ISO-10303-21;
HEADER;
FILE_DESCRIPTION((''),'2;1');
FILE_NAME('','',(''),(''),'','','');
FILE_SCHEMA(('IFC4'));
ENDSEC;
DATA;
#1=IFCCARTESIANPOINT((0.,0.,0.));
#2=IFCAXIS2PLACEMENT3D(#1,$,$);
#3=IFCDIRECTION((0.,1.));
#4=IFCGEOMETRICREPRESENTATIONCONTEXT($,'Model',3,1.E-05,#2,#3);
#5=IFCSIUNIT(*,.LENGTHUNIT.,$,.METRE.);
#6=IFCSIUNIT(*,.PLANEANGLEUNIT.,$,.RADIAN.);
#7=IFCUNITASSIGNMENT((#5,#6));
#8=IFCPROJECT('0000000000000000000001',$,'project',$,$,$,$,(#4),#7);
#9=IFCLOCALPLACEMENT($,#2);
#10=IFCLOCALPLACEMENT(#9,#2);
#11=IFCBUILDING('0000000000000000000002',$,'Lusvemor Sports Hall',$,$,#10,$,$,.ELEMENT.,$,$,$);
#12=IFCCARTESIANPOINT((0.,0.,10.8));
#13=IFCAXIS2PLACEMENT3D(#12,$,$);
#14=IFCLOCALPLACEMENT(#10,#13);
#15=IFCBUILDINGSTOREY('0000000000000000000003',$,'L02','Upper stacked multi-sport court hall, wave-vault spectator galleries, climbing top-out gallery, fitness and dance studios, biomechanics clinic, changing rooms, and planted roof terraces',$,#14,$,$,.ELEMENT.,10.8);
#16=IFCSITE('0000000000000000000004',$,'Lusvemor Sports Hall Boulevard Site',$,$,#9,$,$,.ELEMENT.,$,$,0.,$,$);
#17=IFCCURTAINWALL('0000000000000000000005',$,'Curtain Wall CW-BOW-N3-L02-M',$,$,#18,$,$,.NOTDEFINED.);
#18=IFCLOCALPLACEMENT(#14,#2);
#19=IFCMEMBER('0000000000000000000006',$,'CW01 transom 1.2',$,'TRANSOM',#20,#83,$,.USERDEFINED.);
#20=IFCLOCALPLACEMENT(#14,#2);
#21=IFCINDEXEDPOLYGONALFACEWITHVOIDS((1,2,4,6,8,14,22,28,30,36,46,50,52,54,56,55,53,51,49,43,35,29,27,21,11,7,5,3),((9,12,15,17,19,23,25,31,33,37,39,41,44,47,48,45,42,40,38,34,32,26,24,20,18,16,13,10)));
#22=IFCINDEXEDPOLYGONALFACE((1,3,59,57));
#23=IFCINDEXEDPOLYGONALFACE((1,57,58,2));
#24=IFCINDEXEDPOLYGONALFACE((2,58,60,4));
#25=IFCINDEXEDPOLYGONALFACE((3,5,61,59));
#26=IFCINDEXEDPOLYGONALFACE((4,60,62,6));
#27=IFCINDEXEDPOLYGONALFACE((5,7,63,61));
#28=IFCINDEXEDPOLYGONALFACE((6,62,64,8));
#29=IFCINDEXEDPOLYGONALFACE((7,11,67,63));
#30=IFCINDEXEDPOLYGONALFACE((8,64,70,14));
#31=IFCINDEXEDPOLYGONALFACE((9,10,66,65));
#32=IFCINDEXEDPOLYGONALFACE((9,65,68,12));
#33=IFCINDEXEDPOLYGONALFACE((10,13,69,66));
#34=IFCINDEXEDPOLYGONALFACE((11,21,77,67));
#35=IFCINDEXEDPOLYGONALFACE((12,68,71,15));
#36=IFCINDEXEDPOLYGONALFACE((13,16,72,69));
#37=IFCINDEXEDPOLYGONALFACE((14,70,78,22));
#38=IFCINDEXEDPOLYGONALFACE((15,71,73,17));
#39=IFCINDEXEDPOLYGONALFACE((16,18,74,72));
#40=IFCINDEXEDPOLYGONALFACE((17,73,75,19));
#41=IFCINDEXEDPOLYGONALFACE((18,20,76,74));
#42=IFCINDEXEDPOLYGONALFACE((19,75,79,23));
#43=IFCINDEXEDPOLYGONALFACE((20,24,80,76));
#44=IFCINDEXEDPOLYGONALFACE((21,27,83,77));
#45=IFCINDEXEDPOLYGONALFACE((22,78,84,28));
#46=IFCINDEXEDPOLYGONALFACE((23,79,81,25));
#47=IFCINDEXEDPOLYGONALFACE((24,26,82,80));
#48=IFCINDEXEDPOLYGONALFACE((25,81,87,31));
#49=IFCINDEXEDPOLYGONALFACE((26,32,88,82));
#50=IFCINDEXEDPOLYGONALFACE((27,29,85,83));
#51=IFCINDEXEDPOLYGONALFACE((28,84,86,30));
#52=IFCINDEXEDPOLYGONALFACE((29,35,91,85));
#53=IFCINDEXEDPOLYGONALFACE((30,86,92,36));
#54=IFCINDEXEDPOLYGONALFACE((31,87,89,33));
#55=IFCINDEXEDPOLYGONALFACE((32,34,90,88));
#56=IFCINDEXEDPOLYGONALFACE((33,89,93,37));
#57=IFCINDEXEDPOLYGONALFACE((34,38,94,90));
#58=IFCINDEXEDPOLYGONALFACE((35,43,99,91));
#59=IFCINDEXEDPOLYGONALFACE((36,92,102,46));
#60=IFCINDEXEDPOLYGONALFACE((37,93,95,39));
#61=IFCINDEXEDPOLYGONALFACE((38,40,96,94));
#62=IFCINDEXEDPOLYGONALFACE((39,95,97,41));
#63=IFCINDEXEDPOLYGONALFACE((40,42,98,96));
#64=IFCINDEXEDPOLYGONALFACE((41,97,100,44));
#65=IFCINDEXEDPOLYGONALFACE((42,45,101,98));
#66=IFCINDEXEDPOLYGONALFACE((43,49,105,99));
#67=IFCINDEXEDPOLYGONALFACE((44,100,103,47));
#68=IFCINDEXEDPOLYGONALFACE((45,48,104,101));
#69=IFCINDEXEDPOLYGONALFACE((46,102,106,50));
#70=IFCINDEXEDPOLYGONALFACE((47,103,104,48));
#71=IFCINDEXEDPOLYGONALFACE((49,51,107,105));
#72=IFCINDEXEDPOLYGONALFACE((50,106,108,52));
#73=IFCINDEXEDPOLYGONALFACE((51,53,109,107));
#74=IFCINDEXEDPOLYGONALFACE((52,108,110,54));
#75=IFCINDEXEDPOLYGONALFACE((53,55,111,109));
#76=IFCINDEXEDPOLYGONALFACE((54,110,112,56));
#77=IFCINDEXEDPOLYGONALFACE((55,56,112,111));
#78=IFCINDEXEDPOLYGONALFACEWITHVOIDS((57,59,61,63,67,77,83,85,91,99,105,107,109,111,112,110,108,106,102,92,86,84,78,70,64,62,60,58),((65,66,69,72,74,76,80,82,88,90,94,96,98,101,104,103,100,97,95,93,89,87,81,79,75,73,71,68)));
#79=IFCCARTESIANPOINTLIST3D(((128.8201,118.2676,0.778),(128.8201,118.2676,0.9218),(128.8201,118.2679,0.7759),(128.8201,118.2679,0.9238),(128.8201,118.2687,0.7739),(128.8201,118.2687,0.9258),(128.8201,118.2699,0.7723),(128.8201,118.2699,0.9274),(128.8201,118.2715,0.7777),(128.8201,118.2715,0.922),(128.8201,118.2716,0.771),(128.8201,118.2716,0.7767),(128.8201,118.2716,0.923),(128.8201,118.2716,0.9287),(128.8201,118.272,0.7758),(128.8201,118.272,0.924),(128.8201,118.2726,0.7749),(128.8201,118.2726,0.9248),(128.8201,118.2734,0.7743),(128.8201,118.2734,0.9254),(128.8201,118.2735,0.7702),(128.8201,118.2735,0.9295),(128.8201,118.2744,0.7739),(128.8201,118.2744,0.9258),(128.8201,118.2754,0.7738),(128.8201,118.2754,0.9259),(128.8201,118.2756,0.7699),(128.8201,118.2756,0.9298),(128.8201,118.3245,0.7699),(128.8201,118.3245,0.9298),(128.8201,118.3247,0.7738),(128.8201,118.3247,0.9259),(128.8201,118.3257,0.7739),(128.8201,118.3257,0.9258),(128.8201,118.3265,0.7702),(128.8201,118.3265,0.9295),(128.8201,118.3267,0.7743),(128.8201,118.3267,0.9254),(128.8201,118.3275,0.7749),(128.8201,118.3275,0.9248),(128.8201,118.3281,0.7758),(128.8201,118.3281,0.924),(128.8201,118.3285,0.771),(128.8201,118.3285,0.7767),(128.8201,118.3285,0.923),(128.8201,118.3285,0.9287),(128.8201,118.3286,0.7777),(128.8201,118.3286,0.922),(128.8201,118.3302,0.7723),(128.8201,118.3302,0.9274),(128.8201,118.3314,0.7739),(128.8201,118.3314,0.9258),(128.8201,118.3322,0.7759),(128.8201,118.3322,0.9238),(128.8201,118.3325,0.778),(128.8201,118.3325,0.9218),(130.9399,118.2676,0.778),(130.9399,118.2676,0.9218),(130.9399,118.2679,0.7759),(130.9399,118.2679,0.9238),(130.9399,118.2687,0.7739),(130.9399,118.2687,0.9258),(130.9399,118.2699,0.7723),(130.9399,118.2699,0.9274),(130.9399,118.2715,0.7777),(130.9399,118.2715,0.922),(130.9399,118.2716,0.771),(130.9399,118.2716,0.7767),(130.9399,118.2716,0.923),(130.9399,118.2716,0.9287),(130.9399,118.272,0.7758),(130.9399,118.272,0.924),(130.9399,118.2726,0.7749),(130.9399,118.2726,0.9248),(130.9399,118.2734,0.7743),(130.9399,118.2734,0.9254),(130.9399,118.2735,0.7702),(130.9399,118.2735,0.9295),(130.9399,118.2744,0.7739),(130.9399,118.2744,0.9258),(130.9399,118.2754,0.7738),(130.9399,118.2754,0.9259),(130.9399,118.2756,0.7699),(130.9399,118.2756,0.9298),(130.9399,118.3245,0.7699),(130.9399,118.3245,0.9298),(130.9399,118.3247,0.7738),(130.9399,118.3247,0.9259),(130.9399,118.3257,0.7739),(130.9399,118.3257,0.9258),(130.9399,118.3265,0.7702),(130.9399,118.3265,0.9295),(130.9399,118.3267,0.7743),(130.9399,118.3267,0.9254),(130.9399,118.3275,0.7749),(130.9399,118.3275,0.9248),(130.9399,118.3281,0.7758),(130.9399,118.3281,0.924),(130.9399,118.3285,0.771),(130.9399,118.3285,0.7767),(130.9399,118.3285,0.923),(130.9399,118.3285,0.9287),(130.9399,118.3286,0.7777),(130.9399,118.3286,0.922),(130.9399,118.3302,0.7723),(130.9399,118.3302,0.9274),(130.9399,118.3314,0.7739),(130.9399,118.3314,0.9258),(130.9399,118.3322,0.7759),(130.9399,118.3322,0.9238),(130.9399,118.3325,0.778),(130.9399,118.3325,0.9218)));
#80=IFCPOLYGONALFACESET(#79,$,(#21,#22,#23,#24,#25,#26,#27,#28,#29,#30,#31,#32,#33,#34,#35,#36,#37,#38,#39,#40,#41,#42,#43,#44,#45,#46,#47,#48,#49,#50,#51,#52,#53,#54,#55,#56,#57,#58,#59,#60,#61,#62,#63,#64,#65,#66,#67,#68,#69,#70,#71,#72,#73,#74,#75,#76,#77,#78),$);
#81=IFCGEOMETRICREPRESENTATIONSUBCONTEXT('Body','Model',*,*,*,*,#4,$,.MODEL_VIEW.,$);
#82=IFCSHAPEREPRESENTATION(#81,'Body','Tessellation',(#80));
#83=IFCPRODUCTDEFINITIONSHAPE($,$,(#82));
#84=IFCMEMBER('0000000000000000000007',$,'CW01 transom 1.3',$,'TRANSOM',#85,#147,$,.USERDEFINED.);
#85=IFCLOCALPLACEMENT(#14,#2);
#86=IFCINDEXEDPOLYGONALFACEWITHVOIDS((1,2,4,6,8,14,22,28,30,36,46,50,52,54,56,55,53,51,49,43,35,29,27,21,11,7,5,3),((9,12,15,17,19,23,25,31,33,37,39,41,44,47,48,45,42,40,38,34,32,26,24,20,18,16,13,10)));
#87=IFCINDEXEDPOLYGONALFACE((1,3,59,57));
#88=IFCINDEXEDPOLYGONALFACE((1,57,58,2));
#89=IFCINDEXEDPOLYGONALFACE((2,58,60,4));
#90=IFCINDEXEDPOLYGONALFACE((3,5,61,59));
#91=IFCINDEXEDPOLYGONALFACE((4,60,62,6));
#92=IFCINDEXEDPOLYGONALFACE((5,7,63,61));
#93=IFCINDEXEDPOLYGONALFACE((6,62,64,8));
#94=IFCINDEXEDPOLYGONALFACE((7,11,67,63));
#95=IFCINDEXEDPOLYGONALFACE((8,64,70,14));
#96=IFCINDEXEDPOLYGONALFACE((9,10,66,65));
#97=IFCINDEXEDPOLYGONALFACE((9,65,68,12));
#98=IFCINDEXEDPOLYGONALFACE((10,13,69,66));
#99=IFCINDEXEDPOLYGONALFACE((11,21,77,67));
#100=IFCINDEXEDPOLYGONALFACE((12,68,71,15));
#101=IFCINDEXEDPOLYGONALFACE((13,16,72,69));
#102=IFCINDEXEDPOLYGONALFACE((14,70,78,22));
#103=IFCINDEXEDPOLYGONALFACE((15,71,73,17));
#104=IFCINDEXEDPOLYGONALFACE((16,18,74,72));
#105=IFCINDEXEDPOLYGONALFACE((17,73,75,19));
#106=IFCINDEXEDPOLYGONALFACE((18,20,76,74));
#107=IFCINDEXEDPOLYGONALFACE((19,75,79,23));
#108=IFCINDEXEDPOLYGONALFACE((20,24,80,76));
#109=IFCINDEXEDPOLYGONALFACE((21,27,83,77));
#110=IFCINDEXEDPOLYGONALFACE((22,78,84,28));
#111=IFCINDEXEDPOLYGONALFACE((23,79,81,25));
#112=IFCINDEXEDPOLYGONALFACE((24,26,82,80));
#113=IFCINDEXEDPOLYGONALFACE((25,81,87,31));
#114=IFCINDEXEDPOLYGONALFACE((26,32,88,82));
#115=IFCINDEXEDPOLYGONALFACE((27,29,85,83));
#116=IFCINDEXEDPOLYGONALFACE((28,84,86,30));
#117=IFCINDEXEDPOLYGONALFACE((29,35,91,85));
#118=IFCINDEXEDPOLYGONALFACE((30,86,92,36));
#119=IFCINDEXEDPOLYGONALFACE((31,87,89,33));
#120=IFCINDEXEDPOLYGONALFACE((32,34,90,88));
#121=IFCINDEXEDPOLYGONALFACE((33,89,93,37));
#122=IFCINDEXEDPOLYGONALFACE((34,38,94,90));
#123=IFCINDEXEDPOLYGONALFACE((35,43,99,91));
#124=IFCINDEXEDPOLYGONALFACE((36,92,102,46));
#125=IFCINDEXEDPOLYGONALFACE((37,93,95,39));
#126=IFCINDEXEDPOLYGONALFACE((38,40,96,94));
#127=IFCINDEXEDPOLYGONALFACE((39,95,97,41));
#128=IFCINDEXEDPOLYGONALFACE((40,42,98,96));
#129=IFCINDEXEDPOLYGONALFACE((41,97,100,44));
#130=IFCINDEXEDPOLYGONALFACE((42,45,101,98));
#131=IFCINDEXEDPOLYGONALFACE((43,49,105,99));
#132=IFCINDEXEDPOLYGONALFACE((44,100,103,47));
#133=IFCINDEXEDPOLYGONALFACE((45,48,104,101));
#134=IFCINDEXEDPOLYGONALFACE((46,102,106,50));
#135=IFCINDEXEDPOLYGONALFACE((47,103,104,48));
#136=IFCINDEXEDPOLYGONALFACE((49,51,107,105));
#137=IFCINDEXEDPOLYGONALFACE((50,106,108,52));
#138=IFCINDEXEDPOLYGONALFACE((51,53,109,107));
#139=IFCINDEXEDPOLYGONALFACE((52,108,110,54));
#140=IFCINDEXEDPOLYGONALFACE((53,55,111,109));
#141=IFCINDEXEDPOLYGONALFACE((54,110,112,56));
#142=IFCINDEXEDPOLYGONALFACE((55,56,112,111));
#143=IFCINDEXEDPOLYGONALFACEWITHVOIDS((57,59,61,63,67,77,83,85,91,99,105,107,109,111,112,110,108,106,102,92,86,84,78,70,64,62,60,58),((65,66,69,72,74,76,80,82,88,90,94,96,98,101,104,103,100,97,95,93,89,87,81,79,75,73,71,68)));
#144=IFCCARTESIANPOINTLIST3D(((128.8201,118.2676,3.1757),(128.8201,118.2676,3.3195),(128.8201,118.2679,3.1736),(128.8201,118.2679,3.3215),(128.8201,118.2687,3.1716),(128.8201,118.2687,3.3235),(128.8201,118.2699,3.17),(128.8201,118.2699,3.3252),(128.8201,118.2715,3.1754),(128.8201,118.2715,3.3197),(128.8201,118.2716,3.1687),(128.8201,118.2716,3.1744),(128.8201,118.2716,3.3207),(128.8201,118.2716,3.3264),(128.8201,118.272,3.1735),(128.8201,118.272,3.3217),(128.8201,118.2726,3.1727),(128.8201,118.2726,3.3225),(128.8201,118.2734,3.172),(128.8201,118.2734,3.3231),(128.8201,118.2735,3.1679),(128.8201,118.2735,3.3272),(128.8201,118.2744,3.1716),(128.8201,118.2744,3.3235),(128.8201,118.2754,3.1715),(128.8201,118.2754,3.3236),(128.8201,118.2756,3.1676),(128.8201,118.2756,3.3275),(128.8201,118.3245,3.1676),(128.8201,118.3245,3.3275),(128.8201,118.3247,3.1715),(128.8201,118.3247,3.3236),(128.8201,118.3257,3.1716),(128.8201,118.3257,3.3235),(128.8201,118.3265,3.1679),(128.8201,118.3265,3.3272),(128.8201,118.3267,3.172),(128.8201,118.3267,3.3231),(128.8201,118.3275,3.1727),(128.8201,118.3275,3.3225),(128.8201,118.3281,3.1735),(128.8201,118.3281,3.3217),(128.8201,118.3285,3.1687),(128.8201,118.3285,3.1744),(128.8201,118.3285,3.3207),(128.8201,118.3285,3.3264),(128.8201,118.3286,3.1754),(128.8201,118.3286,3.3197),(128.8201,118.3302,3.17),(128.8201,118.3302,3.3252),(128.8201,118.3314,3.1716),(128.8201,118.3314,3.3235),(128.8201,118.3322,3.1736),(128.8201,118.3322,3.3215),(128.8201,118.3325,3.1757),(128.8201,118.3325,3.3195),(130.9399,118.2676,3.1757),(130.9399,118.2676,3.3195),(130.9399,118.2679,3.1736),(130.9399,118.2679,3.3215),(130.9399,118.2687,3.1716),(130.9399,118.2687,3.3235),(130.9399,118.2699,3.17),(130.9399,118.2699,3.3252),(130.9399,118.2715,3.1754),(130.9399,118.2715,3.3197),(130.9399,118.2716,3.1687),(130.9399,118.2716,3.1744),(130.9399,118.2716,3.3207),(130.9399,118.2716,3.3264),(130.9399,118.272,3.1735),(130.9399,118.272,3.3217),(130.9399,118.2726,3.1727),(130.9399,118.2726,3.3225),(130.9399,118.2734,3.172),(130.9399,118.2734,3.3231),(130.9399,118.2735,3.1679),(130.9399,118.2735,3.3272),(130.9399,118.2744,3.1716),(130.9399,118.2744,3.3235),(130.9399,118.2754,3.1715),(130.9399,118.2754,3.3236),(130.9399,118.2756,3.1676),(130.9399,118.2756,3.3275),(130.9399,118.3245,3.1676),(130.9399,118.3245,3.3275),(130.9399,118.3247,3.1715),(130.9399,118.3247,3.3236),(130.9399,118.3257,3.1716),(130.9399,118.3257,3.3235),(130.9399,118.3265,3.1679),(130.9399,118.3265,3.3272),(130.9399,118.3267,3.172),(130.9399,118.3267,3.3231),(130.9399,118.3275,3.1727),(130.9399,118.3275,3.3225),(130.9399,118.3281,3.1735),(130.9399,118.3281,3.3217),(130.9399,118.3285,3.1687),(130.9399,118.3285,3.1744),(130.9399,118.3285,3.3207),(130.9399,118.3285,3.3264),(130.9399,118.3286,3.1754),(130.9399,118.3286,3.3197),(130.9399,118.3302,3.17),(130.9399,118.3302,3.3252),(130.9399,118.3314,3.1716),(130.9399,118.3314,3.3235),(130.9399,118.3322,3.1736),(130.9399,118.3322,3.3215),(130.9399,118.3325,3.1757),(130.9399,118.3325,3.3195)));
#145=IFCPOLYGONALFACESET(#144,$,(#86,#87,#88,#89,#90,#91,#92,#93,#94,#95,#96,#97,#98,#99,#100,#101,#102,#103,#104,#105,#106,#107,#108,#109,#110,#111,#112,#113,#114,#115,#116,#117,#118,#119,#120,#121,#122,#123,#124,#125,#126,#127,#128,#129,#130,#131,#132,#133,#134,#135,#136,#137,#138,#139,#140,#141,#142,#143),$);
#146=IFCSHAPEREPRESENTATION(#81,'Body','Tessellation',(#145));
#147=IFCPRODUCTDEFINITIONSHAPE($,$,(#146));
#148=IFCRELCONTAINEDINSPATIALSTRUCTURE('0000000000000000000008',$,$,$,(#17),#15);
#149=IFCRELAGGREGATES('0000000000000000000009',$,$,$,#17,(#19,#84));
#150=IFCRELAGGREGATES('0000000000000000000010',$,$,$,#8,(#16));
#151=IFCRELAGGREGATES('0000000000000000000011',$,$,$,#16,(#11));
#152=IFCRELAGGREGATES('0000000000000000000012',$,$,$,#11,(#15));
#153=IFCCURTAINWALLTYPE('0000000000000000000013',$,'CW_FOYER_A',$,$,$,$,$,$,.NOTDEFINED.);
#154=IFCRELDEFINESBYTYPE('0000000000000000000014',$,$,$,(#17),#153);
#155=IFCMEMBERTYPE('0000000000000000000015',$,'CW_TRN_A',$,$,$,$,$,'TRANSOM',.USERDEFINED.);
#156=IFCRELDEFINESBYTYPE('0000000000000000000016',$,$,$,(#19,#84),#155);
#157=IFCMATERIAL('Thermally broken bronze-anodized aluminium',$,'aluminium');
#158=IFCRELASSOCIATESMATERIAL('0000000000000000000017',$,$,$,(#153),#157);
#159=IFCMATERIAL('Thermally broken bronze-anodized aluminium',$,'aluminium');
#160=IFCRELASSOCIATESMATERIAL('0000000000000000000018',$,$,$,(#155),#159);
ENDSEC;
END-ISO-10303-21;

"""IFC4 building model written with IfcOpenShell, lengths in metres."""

from ifc_helpers import new_model, si_unit, direction, frame, origin, origin_2d, place, context, subcontext, project, spatial, hollow_rectangle, extrude, material, material_profile, profile_set, type_object, element, aggregate, save


model = new_model("IFC4")

# Units and contexts
model_context = context("Model", 3, precision=1e-05, world=origin(), true_north=direction((0.0, 1.0)))
body_context = subcontext(model_context, "Body", "Model", "MODEL_VIEW")
ifc_project = project(units=[si_unit("LENGTHUNIT", "METRE"), si_unit("PLANEANGLEUNIT", "RADIAN")], contexts=[model_context])

# Site, building, storey
site_placement = place(None, origin())
site = spatial("IfcSite", under=ifc_project, at=site_placement, Name="Lusvemor Sports Hall Boulevard Site", CompositionType="ELEMENT", RefElevation=0.0)
building_placement = place(site_placement, origin())
building = spatial("IfcBuilding", under=site, at=building_placement, Name="Lusvemor Sports Hall", CompositionType="ELEMENT")
storey_placement = place(building_placement, frame((0.0, 0.0, 10.8)))
storey = spatial("IfcBuildingStorey", under=building, at=storey_placement, Name="L02", Description="Upper stacked multi-sport court hall, wave-vault spectator galleries, climbing top-out gallery, fitness and dance studios, biomechanics clinic, changing rooms, and planted roof terraces", CompositionType="ELEMENT", Elevation=10.8)

# Curtain wall, members
ifc_material_1 = material(Name="Thermally broken bronze-anodized aluminium", Category="aluminium")
curtain_wall_type_1 = type_object("IfcCurtainWallType", Name="CW_FOYER_A", PredefinedType="NOTDEFINED", material=ifc_material_1)
curtain_wall_1_placement = place(storey_placement, origin())
curtain_wall_1 = element("IfcCurtainWall", 1, at=curtain_wall_1_placement, inside=storey, type_object=curtain_wall_type_1, Name="Curtain Wall CW-BOW-N3-L02-M", PredefinedType="NOTDEFINED")
ifc_material_2 = material(Name="Thermally broken bronze-anodized aluminium", Category="aluminium")
ifc_material_profile_1 = material_profile(ifc_material_2, hollow_rectangle(XDim=0.0649, YDim=0.1599, WallThickness=0.0039, InnerFilletRadius=0.0039, OuterFilletRadius=0.0081, at=origin_2d()), Name="CWTRN160x65x4")
ifc_profile_set_1 = profile_set([ifc_material_profile_1], Name="Thermally broken bronze-anodized aluminium")
member_type_1 = type_object("IfcMemberType", Name="CW_TRN_A", ElementType="TRANSOM", PredefinedType="USERDEFINED", material=ifc_profile_set_1)
member_1_placement = place(storey_placement, frame((128.8201, 118.3, 0.8499), z_axis=(1.0, 0.0, 0.0), x_axis=(0.0, 1.0, 0.0)))
member_1 = element("IfcMember", 2, at=member_1_placement, type_object=member_type_1, Name="CW01 transom 1.2", ObjectType="TRANSOM", PredefinedType="USERDEFINED", context=body_context, shape_type="SweptSolid", body=[
    extrude(hollow_rectangle(XDim=0.0649, YDim=0.1599, WallThickness=0.0039, InnerFilletRadius=0.0039, OuterFilletRadius=0.0081, at=origin_2d()), origin(), (0.0, 0.0, 1.0), 2.1199),
])
member_2_placement = place(storey_placement, frame((128.8201, 118.3, 3.2476), z_axis=(1.0, 0.0, 0.0), x_axis=(0.0, 1.0, 0.0)))
member_2 = element("IfcMember", 3, at=member_2_placement, type_object=member_type_1, Name="CW01 transom 1.3", ObjectType="TRANSOM", PredefinedType="USERDEFINED", context=body_context, shape_type="SweptSolid", body=[
    extrude(hollow_rectangle(XDim=0.0649, YDim=0.1599, WallThickness=0.0039, InnerFilletRadius=0.0039, OuterFilletRadius=0.0081, at=origin_2d()), origin(), (0.0, 0.0, 1.0), 2.1199),
])
aggregate(curtain_wall_1, [member_1, member_2])

save(model, "model.ifc")
